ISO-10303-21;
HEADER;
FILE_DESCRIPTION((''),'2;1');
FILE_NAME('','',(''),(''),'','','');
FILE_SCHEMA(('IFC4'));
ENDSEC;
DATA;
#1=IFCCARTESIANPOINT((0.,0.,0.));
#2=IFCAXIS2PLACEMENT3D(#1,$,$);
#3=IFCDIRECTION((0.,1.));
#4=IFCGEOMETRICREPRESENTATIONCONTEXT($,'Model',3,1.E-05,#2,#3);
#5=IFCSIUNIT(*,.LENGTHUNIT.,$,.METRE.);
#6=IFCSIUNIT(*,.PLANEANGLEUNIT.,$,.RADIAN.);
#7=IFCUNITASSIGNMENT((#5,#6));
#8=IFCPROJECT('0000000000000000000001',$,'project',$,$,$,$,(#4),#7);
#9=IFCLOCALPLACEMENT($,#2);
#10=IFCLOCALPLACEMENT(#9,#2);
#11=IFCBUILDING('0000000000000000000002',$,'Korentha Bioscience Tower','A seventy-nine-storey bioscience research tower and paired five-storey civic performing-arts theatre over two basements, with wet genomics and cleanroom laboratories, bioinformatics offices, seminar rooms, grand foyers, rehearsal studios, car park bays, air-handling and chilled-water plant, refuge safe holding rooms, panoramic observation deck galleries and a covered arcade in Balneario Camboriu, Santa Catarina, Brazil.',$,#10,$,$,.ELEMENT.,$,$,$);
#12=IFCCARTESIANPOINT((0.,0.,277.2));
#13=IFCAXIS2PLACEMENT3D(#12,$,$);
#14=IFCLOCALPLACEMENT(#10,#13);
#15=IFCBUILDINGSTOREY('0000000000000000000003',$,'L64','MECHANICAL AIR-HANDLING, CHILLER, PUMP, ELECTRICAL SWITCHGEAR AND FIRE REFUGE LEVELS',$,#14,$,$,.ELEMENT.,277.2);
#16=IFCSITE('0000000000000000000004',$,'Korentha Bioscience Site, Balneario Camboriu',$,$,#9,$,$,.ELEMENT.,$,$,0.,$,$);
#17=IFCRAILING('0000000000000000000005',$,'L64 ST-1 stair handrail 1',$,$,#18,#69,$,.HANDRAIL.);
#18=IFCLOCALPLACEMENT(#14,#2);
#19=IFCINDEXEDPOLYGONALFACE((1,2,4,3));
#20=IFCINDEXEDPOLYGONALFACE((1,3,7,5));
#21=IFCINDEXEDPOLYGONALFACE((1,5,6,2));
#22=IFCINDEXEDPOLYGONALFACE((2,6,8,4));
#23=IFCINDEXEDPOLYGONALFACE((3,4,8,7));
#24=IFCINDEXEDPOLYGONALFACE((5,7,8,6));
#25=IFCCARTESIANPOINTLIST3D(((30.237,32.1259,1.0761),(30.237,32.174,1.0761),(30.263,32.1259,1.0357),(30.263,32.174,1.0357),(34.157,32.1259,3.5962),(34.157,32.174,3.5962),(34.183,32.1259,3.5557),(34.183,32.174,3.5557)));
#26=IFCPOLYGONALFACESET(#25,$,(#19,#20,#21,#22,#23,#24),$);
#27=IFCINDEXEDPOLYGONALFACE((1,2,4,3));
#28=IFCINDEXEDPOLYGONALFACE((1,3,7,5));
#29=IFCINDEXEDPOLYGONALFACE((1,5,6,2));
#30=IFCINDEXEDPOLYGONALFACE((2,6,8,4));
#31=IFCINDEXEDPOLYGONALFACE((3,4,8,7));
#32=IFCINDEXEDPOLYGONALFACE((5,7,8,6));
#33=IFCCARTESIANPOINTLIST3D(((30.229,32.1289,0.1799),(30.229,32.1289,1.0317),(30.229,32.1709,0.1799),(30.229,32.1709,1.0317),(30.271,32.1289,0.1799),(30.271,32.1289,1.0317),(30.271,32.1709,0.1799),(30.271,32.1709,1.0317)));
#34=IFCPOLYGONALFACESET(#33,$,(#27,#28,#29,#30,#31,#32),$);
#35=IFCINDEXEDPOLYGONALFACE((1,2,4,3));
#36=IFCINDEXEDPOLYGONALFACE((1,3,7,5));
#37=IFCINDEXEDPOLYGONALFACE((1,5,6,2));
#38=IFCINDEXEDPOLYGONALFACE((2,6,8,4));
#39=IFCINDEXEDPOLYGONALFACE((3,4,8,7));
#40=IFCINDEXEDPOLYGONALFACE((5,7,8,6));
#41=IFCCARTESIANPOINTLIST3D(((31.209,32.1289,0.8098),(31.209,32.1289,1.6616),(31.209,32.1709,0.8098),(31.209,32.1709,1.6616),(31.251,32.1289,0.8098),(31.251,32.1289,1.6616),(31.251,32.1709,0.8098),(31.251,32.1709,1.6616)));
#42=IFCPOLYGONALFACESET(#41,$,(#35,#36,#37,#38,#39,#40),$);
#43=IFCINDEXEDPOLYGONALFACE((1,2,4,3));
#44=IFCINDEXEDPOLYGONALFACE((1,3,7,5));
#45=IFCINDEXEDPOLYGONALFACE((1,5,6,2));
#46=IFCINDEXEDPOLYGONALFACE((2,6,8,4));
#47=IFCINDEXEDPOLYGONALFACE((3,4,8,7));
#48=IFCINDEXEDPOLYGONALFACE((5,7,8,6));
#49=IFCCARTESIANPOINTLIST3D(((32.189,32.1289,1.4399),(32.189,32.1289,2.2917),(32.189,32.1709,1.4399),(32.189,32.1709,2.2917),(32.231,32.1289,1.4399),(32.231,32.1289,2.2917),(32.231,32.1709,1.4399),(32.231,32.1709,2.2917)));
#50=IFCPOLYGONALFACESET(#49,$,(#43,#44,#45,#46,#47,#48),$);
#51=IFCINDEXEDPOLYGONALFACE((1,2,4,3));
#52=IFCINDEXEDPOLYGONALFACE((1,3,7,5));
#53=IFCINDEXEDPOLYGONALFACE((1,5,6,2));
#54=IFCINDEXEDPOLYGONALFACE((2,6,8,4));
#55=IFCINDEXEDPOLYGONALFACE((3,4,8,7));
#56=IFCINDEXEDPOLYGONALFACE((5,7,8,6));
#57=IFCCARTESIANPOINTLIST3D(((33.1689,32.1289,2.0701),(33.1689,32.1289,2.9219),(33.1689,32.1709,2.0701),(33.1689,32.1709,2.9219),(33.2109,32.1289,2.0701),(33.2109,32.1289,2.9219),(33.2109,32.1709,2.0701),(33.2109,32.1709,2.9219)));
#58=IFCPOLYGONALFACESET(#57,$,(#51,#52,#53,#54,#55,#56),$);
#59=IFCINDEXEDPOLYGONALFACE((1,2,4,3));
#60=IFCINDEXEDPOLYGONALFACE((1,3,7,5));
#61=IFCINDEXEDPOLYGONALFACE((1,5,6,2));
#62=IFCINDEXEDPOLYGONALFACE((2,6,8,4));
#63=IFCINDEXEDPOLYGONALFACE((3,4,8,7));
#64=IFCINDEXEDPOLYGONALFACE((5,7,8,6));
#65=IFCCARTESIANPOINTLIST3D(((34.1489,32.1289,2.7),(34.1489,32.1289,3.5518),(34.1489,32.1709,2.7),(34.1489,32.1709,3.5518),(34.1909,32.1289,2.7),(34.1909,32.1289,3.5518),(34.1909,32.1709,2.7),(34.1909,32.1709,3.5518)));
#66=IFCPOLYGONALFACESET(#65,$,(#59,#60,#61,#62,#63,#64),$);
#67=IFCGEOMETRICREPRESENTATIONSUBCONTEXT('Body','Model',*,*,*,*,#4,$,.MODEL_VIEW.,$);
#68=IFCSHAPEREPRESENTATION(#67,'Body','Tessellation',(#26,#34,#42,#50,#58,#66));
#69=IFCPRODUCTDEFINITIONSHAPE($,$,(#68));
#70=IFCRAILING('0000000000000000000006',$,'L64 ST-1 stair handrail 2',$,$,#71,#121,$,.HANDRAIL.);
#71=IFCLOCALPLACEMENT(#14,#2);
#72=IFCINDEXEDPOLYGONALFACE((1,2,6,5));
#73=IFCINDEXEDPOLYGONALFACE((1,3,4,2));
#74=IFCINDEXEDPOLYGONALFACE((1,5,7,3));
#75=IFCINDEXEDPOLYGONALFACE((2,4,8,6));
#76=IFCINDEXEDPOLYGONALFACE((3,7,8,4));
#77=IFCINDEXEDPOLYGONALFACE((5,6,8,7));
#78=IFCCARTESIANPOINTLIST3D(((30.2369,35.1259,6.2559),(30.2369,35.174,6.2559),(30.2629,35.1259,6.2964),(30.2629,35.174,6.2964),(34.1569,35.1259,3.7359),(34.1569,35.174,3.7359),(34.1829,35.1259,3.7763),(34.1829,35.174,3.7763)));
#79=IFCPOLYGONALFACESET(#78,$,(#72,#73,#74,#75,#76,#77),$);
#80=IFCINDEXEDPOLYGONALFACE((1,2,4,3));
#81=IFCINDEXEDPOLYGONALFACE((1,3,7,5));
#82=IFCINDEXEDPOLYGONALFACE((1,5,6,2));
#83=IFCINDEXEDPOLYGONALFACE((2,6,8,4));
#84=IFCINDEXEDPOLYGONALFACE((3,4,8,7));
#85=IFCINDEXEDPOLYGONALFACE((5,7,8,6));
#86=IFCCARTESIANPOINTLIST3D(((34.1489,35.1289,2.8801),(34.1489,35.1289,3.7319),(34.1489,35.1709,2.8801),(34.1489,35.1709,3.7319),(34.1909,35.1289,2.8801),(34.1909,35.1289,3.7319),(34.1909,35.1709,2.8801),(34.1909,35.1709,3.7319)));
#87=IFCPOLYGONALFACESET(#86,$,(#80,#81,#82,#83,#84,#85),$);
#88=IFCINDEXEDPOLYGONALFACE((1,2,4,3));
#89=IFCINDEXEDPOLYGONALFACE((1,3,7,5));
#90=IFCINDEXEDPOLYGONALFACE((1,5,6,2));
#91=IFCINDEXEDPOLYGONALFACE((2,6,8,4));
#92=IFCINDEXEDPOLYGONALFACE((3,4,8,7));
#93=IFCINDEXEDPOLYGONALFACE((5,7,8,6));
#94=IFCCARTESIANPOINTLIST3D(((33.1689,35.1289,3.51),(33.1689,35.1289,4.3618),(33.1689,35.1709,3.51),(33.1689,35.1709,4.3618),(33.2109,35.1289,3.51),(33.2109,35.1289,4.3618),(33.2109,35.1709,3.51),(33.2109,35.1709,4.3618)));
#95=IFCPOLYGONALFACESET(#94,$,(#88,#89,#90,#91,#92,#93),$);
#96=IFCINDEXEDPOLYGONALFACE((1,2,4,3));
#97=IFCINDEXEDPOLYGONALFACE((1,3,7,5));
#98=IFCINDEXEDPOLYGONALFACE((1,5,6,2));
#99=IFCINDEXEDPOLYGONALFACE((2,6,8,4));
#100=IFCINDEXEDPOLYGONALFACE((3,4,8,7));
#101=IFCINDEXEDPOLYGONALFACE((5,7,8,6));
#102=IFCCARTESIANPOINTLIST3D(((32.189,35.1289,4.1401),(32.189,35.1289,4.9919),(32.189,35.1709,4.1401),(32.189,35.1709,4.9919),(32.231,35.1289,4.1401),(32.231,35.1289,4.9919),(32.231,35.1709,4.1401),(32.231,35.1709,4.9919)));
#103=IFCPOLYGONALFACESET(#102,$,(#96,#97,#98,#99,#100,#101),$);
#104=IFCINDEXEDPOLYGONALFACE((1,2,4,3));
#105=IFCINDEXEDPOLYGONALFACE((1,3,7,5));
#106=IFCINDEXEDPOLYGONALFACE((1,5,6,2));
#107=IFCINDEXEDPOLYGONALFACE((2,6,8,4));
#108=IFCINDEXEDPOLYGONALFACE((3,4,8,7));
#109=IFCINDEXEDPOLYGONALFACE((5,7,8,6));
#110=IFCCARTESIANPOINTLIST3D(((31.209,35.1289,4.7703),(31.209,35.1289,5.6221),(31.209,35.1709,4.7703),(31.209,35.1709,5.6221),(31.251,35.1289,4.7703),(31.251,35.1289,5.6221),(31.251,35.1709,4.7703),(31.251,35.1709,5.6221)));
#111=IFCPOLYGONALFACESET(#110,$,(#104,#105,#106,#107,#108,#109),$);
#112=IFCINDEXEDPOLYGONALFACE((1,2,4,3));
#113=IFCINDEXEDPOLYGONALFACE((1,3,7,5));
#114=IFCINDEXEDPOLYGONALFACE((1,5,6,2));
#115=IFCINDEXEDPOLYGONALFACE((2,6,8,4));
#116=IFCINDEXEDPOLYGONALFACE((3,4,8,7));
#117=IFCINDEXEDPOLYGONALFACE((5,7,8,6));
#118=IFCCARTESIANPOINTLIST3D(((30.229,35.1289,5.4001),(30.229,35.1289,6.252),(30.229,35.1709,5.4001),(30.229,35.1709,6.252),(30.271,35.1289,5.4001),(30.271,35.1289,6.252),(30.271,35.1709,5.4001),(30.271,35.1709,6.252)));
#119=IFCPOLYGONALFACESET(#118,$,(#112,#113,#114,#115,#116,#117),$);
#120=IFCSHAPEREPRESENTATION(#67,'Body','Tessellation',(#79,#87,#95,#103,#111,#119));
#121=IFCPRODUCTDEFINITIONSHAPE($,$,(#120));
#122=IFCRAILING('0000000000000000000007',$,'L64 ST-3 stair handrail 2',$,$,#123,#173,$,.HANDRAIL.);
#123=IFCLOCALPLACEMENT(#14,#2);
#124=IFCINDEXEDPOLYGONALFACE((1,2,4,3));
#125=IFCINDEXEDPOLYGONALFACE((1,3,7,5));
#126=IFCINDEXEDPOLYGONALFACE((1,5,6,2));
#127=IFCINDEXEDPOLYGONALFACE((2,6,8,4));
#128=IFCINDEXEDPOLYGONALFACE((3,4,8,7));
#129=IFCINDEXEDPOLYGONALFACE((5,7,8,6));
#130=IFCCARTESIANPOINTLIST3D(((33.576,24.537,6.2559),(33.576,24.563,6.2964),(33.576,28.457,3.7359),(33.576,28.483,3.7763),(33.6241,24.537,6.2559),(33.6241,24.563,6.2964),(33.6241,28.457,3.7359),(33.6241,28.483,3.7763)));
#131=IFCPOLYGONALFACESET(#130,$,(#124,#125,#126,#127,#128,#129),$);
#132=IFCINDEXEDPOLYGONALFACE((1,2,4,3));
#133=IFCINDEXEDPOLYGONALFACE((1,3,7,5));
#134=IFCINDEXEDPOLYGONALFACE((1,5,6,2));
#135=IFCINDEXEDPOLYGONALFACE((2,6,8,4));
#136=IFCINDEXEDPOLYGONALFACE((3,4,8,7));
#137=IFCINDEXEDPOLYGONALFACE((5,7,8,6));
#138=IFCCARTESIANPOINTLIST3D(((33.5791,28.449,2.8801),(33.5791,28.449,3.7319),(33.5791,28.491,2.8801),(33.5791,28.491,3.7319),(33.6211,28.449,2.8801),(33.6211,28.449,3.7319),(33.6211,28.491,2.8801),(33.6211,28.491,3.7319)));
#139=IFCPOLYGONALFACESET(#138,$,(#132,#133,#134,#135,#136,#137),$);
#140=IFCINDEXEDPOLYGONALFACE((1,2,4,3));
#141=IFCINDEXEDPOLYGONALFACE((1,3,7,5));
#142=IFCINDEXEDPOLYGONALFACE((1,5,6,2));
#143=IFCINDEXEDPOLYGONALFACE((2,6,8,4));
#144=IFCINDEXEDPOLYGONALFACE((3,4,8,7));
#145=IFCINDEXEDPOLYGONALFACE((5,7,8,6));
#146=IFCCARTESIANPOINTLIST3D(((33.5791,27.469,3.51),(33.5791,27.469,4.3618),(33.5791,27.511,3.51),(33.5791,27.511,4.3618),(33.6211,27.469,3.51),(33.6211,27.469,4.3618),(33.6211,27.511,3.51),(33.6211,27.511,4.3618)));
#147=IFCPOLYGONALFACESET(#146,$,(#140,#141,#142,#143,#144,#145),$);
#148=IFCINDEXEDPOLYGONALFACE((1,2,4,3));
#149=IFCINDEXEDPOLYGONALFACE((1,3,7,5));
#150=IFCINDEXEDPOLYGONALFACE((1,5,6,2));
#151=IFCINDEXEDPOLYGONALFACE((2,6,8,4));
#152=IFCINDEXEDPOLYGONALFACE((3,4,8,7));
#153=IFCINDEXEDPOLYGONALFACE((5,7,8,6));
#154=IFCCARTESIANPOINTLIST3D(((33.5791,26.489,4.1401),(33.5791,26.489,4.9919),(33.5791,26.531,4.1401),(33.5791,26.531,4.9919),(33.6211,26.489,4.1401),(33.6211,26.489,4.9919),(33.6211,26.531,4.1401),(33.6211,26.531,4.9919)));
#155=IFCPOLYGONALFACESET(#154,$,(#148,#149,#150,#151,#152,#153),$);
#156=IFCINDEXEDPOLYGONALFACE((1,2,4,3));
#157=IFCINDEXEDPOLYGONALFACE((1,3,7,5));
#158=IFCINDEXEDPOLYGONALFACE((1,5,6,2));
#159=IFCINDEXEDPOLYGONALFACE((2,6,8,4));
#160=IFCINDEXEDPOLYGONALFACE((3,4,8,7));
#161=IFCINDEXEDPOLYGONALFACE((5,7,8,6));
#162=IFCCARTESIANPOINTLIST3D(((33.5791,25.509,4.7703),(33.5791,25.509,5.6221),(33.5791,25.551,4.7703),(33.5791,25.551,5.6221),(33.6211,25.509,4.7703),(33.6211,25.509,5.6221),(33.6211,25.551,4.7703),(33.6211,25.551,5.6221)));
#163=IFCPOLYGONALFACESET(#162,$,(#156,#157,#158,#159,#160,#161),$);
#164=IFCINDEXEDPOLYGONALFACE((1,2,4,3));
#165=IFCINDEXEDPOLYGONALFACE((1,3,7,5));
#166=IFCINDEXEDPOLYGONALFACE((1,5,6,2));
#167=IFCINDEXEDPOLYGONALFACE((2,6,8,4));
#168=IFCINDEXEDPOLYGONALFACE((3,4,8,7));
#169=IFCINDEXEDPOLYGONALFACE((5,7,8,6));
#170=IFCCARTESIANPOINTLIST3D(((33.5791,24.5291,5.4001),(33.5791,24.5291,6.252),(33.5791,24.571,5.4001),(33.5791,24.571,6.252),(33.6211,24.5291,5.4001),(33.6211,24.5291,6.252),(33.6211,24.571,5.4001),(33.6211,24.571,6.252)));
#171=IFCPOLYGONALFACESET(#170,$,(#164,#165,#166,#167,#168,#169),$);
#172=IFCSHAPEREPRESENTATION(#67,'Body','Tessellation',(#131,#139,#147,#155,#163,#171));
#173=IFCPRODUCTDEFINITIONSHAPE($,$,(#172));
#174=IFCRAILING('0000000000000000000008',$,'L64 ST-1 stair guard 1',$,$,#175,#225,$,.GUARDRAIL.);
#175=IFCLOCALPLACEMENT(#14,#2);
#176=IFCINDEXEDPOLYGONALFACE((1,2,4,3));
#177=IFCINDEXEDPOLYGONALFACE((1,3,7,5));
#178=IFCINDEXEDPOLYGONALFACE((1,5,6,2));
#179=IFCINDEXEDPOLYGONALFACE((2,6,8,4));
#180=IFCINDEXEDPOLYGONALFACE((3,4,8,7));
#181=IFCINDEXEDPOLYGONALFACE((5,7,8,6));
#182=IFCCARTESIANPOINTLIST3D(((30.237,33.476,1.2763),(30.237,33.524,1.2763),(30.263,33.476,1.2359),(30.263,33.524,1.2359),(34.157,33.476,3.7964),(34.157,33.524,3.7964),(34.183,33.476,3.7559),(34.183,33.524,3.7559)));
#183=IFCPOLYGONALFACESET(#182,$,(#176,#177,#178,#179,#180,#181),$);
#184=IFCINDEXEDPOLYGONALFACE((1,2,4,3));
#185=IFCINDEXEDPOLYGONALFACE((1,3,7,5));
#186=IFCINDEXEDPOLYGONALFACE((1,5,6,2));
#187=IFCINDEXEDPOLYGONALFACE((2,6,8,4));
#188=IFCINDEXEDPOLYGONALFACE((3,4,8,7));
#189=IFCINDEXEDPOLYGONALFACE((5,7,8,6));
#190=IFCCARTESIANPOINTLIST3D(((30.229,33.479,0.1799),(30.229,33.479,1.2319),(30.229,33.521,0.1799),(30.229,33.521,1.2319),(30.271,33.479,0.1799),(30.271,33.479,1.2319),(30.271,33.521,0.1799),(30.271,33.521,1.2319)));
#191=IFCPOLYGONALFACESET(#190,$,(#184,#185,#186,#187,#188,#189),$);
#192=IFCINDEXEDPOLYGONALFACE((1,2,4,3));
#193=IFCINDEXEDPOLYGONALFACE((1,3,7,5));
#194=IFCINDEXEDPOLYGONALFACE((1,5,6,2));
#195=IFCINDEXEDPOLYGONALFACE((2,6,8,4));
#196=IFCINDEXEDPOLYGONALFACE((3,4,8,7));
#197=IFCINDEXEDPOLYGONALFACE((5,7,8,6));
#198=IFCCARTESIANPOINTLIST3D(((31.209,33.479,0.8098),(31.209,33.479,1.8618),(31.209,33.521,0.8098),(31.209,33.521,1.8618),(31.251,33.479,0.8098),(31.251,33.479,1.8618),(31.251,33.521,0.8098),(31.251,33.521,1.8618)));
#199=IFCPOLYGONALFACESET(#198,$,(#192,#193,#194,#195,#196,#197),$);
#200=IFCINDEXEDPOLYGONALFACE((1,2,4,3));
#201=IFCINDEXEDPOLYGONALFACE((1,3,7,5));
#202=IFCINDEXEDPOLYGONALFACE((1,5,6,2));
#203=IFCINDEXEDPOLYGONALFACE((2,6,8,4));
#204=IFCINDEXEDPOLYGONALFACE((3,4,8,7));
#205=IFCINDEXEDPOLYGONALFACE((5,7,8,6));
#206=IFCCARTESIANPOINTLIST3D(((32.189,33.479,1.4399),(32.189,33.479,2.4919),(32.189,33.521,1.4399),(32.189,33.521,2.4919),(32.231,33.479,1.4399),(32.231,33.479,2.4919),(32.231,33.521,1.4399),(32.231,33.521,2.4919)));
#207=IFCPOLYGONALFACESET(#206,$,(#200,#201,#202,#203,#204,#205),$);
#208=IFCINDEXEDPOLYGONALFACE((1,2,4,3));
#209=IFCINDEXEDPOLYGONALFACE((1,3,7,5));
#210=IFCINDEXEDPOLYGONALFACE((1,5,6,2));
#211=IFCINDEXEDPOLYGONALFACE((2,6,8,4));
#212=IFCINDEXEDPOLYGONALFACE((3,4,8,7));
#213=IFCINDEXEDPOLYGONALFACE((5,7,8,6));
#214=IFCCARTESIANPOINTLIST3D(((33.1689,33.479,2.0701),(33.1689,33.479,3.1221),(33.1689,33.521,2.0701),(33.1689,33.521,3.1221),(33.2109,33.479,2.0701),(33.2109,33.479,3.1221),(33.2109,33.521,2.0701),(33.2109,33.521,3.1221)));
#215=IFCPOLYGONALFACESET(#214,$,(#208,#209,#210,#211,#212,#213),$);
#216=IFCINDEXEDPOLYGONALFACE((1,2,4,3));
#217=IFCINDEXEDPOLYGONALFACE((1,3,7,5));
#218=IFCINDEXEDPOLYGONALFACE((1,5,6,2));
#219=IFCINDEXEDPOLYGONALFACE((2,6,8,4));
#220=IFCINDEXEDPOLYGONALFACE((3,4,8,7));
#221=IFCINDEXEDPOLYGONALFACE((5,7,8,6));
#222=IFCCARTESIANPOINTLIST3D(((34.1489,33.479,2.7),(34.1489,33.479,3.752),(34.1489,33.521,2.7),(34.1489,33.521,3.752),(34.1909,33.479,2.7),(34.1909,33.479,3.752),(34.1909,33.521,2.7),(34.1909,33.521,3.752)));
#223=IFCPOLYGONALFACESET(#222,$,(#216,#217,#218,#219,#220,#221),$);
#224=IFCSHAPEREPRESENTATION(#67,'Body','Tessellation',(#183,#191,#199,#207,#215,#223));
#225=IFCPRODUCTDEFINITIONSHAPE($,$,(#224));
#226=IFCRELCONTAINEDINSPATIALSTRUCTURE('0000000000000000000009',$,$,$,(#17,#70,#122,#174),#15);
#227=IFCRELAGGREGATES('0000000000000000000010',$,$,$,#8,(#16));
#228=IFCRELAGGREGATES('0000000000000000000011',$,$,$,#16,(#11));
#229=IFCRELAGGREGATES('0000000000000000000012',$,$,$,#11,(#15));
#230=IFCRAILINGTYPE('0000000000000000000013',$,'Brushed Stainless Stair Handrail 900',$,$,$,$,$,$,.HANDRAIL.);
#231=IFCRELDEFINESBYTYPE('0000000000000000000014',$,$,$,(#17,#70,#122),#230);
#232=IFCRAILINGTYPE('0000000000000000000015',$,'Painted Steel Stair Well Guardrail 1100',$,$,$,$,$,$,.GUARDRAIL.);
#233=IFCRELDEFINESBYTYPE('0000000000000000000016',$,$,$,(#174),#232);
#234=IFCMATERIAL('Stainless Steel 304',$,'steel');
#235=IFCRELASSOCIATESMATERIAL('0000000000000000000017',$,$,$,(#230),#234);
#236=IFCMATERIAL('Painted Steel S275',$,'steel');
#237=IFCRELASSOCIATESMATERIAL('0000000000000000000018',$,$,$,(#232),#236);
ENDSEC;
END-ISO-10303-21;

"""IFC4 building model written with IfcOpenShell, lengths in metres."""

from ifc_helpers import new_model, si_unit, direction, frame, origin, origin_2d, place, context, subcontext, project, spatial, rectangle, extrude, material, type_object, element, save


model = new_model("IFC4")

# Units and contexts
model_context = context("Model", 3, precision=1e-05, world=origin(), true_north=direction((0.0, 1.0)))
body_context = subcontext(model_context, "Body", "Model", "MODEL_VIEW")
ifc_project = project(units=[si_unit("LENGTHUNIT", "METRE"), si_unit("PLANEANGLEUNIT", "RADIAN")], contexts=[model_context])

# Site, building, storey
site_placement = place(None, origin())
site = spatial("IfcSite", under=ifc_project, at=site_placement, Name="Korentha Bioscience Site, Balneario Camboriu", CompositionType="ELEMENT", RefElevation=0.0)
building_placement = place(site_placement, origin())
building = spatial("IfcBuilding", under=site, at=building_placement, Name="Korentha Bioscience Tower", Description="A seventy-nine-storey bioscience research tower and paired five-storey civic performing-arts theatre over two basements, with wet genomics and cleanroom laboratories, bioinformatics offices, seminar rooms, grand foyers, rehearsal studios, car park bays, air-handling and chilled-water plant, refuge safe holding rooms, panoramic observation deck galleries and a covered arcade in Balneario Camboriu, Santa Catarina, Brazil.", CompositionType="ELEMENT")
storey_placement = place(building_placement, frame((0.0, 0.0, 277.2)))
storey = spatial("IfcBuildingStorey", under=building, at=storey_placement, Name="L64", Description="MECHANICAL AIR-HANDLING, CHILLER, PUMP, ELECTRICAL SWITCHGEAR AND FIRE REFUGE LEVELS", CompositionType="ELEMENT", Elevation=277.2)

# Railings
ifc_material_1 = material(Name="Stainless Steel 304", Category="steel")
railing_type_1 = type_object("IfcRailingType", Name="Brushed Stainless Stair Handrail 900", PredefinedType="HANDRAIL", material=ifc_material_1)
railing_1_placement = place(storey_placement, frame((30.25, 32.1499, 0.1799)))
element("IfcRailing", 1, at=railing_1_placement, inside=storey, type_object=railing_type_1, Name="L64 ST-1 stair handrail 1", PredefinedType="HANDRAIL", context=body_context, shape_type="SweptSolid", body=[
    extrude(rectangle(XDim=0.0481, YDim=0.0481, at=origin_2d()), frame((0.0, 0.0, 0.876), z_axis=(0.841172, 0.0, 0.540768), x_axis=(0.0, 1.0, 0.0)), (0.0, 0.0, 1.0), 4.6602),
    extrude(rectangle(XDim=0.042, YDim=0.042, at=origin_2d()), origin(), (0.0, 0.0, 1.0), 0.8518),
    extrude(rectangle(XDim=0.042, YDim=0.042, at=origin_2d()), frame((0.98, 0.0, 0.6299)), (0.0, 0.0, 1.0), 0.8518),
    extrude(rectangle(XDim=0.042, YDim=0.042, at=origin_2d()), frame((1.96, 0.0, 1.26)), (0.0, 0.0, 1.0), 0.8518),
    extrude(rectangle(XDim=0.042, YDim=0.042, at=origin_2d()), frame((2.9399, 0.0, 1.8901)), (0.0, 0.0, 1.0), 0.8518),
    extrude(rectangle(XDim=0.042, YDim=0.042, at=origin_2d()), frame((3.9199, 0.0, 2.52)), (0.0, 0.0, 1.0), 0.8518),
])
railing_2_placement = place(storey_placement, frame((34.1699, 35.1499, 2.8801)))
element("IfcRailing", 2, at=railing_2_placement, inside=storey, type_object=railing_type_1, Name="L64 ST-1 stair handrail 2", PredefinedType="HANDRAIL", context=body_context, shape_type="SweptSolid", body=[
    extrude(rectangle(XDim=0.0481, YDim=0.0481, at=origin_2d()), frame((0.0, 0.0, 0.876), z_axis=(-0.841172, 0.0, 0.540768), x_axis=(0.0, -1.0, 0.0)), (0.0, 0.0, 1.0), 4.6602),
    extrude(rectangle(XDim=0.042, YDim=0.042, at=origin_2d()), origin(), (0.0, 0.0, 1.0), 0.8518),
    extrude(rectangle(XDim=0.042, YDim=0.042, at=origin_2d()), frame((-0.98, 0.0, 0.6299)), (0.0, 0.0, 1.0), 0.8518),
    extrude(rectangle(XDim=0.042, YDim=0.042, at=origin_2d()), frame((-1.96, 0.0, 1.26)), (0.0, 0.0, 1.0), 0.8518),
    extrude(rectangle(XDim=0.042, YDim=0.042, at=origin_2d()), frame((-2.9399, 0.0, 1.8901)), (0.0, 0.0, 1.0), 0.8518),
    extrude(rectangle(XDim=0.042, YDim=0.042, at=origin_2d()), frame((-3.9199, 0.0, 2.52)), (0.0, 0.0, 1.0), 0.8518),
])
railing_3_placement = place(storey_placement, frame((33.6001, 28.47, 2.8801)))
element("IfcRailing", 3, at=railing_3_placement, inside=storey, type_object=railing_type_1, Name="L64 ST-3 stair handrail 2", PredefinedType="HANDRAIL", context=body_context, shape_type="SweptSolid", body=[
    extrude(rectangle(XDim=0.0481, YDim=0.0481, at=origin_2d()), frame((0.0, 0.0, 0.876), z_axis=(0.0, -0.841172, 0.540768), x_axis=(1.0, 0.0, 0.0)), (0.0, 0.0, 1.0), 4.6602),
    extrude(rectangle(XDim=0.042, YDim=0.042, at=origin_2d()), origin(), (0.0, 0.0, 1.0), 0.8518),
    extrude(rectangle(XDim=0.042, YDim=0.042, at=origin_2d()), frame((0.0, -0.98, 0.6299)), (0.0, 0.0, 1.0), 0.8518),
    extrude(rectangle(XDim=0.042, YDim=0.042, at=origin_2d()), frame((0.0, -1.96, 1.26)), (0.0, 0.0, 1.0), 0.8518),
    extrude(rectangle(XDim=0.042, YDim=0.042, at=origin_2d()), frame((0.0, -2.9399, 1.8901)), (0.0, 0.0, 1.0), 0.8518),
    extrude(rectangle(XDim=0.042, YDim=0.042, at=origin_2d()), frame((0.0, -3.9199, 2.52)), (0.0, 0.0, 1.0), 0.8518),
])
ifc_material_2 = material(Name="Painted Steel S275", Category="steel")
railing_type_2 = type_object("IfcRailingType", Name="Painted Steel Stair Well Guardrail 1100", PredefinedType="GUARDRAIL", material=ifc_material_2)
railing_4_placement = place(storey_placement, frame((30.25, 33.5, 0.1799)))
element("IfcRailing", 4, at=railing_4_placement, inside=storey, type_object=railing_type_2, Name="L64 ST-1 stair guard 1", PredefinedType="GUARDRAIL", context=body_context, shape_type="SweptSolid", body=[
    extrude(rectangle(XDim=0.0481, YDim=0.0481, at=origin_2d()), frame((0.0, 0.0, 1.0762), z_axis=(0.841172, 0.0, 0.540768), x_axis=(0.0, 1.0, 0.0)), (0.0, 0.0, 1.0), 4.6602),
    extrude(rectangle(XDim=0.042, YDim=0.042, at=origin_2d()), origin(), (0.0, 0.0, 1.0), 1.052),
    extrude(rectangle(XDim=0.042, YDim=0.042, at=origin_2d()), frame((0.98, 0.0, 0.6299)), (0.0, 0.0, 1.0), 1.052),
    extrude(rectangle(XDim=0.042, YDim=0.042, at=origin_2d()), frame((1.96, 0.0, 1.26)), (0.0, 0.0, 1.0), 1.052),
    extrude(rectangle(XDim=0.042, YDim=0.042, at=origin_2d()), frame((2.9399, 0.0, 1.8901)), (0.0, 0.0, 1.0), 1.052),
    extrude(rectangle(XDim=0.042, YDim=0.042, at=origin_2d()), frame((3.9199, 0.0, 2.52)), (0.0, 0.0, 1.0), 1.052),
])

save(model, "model.ifc")
